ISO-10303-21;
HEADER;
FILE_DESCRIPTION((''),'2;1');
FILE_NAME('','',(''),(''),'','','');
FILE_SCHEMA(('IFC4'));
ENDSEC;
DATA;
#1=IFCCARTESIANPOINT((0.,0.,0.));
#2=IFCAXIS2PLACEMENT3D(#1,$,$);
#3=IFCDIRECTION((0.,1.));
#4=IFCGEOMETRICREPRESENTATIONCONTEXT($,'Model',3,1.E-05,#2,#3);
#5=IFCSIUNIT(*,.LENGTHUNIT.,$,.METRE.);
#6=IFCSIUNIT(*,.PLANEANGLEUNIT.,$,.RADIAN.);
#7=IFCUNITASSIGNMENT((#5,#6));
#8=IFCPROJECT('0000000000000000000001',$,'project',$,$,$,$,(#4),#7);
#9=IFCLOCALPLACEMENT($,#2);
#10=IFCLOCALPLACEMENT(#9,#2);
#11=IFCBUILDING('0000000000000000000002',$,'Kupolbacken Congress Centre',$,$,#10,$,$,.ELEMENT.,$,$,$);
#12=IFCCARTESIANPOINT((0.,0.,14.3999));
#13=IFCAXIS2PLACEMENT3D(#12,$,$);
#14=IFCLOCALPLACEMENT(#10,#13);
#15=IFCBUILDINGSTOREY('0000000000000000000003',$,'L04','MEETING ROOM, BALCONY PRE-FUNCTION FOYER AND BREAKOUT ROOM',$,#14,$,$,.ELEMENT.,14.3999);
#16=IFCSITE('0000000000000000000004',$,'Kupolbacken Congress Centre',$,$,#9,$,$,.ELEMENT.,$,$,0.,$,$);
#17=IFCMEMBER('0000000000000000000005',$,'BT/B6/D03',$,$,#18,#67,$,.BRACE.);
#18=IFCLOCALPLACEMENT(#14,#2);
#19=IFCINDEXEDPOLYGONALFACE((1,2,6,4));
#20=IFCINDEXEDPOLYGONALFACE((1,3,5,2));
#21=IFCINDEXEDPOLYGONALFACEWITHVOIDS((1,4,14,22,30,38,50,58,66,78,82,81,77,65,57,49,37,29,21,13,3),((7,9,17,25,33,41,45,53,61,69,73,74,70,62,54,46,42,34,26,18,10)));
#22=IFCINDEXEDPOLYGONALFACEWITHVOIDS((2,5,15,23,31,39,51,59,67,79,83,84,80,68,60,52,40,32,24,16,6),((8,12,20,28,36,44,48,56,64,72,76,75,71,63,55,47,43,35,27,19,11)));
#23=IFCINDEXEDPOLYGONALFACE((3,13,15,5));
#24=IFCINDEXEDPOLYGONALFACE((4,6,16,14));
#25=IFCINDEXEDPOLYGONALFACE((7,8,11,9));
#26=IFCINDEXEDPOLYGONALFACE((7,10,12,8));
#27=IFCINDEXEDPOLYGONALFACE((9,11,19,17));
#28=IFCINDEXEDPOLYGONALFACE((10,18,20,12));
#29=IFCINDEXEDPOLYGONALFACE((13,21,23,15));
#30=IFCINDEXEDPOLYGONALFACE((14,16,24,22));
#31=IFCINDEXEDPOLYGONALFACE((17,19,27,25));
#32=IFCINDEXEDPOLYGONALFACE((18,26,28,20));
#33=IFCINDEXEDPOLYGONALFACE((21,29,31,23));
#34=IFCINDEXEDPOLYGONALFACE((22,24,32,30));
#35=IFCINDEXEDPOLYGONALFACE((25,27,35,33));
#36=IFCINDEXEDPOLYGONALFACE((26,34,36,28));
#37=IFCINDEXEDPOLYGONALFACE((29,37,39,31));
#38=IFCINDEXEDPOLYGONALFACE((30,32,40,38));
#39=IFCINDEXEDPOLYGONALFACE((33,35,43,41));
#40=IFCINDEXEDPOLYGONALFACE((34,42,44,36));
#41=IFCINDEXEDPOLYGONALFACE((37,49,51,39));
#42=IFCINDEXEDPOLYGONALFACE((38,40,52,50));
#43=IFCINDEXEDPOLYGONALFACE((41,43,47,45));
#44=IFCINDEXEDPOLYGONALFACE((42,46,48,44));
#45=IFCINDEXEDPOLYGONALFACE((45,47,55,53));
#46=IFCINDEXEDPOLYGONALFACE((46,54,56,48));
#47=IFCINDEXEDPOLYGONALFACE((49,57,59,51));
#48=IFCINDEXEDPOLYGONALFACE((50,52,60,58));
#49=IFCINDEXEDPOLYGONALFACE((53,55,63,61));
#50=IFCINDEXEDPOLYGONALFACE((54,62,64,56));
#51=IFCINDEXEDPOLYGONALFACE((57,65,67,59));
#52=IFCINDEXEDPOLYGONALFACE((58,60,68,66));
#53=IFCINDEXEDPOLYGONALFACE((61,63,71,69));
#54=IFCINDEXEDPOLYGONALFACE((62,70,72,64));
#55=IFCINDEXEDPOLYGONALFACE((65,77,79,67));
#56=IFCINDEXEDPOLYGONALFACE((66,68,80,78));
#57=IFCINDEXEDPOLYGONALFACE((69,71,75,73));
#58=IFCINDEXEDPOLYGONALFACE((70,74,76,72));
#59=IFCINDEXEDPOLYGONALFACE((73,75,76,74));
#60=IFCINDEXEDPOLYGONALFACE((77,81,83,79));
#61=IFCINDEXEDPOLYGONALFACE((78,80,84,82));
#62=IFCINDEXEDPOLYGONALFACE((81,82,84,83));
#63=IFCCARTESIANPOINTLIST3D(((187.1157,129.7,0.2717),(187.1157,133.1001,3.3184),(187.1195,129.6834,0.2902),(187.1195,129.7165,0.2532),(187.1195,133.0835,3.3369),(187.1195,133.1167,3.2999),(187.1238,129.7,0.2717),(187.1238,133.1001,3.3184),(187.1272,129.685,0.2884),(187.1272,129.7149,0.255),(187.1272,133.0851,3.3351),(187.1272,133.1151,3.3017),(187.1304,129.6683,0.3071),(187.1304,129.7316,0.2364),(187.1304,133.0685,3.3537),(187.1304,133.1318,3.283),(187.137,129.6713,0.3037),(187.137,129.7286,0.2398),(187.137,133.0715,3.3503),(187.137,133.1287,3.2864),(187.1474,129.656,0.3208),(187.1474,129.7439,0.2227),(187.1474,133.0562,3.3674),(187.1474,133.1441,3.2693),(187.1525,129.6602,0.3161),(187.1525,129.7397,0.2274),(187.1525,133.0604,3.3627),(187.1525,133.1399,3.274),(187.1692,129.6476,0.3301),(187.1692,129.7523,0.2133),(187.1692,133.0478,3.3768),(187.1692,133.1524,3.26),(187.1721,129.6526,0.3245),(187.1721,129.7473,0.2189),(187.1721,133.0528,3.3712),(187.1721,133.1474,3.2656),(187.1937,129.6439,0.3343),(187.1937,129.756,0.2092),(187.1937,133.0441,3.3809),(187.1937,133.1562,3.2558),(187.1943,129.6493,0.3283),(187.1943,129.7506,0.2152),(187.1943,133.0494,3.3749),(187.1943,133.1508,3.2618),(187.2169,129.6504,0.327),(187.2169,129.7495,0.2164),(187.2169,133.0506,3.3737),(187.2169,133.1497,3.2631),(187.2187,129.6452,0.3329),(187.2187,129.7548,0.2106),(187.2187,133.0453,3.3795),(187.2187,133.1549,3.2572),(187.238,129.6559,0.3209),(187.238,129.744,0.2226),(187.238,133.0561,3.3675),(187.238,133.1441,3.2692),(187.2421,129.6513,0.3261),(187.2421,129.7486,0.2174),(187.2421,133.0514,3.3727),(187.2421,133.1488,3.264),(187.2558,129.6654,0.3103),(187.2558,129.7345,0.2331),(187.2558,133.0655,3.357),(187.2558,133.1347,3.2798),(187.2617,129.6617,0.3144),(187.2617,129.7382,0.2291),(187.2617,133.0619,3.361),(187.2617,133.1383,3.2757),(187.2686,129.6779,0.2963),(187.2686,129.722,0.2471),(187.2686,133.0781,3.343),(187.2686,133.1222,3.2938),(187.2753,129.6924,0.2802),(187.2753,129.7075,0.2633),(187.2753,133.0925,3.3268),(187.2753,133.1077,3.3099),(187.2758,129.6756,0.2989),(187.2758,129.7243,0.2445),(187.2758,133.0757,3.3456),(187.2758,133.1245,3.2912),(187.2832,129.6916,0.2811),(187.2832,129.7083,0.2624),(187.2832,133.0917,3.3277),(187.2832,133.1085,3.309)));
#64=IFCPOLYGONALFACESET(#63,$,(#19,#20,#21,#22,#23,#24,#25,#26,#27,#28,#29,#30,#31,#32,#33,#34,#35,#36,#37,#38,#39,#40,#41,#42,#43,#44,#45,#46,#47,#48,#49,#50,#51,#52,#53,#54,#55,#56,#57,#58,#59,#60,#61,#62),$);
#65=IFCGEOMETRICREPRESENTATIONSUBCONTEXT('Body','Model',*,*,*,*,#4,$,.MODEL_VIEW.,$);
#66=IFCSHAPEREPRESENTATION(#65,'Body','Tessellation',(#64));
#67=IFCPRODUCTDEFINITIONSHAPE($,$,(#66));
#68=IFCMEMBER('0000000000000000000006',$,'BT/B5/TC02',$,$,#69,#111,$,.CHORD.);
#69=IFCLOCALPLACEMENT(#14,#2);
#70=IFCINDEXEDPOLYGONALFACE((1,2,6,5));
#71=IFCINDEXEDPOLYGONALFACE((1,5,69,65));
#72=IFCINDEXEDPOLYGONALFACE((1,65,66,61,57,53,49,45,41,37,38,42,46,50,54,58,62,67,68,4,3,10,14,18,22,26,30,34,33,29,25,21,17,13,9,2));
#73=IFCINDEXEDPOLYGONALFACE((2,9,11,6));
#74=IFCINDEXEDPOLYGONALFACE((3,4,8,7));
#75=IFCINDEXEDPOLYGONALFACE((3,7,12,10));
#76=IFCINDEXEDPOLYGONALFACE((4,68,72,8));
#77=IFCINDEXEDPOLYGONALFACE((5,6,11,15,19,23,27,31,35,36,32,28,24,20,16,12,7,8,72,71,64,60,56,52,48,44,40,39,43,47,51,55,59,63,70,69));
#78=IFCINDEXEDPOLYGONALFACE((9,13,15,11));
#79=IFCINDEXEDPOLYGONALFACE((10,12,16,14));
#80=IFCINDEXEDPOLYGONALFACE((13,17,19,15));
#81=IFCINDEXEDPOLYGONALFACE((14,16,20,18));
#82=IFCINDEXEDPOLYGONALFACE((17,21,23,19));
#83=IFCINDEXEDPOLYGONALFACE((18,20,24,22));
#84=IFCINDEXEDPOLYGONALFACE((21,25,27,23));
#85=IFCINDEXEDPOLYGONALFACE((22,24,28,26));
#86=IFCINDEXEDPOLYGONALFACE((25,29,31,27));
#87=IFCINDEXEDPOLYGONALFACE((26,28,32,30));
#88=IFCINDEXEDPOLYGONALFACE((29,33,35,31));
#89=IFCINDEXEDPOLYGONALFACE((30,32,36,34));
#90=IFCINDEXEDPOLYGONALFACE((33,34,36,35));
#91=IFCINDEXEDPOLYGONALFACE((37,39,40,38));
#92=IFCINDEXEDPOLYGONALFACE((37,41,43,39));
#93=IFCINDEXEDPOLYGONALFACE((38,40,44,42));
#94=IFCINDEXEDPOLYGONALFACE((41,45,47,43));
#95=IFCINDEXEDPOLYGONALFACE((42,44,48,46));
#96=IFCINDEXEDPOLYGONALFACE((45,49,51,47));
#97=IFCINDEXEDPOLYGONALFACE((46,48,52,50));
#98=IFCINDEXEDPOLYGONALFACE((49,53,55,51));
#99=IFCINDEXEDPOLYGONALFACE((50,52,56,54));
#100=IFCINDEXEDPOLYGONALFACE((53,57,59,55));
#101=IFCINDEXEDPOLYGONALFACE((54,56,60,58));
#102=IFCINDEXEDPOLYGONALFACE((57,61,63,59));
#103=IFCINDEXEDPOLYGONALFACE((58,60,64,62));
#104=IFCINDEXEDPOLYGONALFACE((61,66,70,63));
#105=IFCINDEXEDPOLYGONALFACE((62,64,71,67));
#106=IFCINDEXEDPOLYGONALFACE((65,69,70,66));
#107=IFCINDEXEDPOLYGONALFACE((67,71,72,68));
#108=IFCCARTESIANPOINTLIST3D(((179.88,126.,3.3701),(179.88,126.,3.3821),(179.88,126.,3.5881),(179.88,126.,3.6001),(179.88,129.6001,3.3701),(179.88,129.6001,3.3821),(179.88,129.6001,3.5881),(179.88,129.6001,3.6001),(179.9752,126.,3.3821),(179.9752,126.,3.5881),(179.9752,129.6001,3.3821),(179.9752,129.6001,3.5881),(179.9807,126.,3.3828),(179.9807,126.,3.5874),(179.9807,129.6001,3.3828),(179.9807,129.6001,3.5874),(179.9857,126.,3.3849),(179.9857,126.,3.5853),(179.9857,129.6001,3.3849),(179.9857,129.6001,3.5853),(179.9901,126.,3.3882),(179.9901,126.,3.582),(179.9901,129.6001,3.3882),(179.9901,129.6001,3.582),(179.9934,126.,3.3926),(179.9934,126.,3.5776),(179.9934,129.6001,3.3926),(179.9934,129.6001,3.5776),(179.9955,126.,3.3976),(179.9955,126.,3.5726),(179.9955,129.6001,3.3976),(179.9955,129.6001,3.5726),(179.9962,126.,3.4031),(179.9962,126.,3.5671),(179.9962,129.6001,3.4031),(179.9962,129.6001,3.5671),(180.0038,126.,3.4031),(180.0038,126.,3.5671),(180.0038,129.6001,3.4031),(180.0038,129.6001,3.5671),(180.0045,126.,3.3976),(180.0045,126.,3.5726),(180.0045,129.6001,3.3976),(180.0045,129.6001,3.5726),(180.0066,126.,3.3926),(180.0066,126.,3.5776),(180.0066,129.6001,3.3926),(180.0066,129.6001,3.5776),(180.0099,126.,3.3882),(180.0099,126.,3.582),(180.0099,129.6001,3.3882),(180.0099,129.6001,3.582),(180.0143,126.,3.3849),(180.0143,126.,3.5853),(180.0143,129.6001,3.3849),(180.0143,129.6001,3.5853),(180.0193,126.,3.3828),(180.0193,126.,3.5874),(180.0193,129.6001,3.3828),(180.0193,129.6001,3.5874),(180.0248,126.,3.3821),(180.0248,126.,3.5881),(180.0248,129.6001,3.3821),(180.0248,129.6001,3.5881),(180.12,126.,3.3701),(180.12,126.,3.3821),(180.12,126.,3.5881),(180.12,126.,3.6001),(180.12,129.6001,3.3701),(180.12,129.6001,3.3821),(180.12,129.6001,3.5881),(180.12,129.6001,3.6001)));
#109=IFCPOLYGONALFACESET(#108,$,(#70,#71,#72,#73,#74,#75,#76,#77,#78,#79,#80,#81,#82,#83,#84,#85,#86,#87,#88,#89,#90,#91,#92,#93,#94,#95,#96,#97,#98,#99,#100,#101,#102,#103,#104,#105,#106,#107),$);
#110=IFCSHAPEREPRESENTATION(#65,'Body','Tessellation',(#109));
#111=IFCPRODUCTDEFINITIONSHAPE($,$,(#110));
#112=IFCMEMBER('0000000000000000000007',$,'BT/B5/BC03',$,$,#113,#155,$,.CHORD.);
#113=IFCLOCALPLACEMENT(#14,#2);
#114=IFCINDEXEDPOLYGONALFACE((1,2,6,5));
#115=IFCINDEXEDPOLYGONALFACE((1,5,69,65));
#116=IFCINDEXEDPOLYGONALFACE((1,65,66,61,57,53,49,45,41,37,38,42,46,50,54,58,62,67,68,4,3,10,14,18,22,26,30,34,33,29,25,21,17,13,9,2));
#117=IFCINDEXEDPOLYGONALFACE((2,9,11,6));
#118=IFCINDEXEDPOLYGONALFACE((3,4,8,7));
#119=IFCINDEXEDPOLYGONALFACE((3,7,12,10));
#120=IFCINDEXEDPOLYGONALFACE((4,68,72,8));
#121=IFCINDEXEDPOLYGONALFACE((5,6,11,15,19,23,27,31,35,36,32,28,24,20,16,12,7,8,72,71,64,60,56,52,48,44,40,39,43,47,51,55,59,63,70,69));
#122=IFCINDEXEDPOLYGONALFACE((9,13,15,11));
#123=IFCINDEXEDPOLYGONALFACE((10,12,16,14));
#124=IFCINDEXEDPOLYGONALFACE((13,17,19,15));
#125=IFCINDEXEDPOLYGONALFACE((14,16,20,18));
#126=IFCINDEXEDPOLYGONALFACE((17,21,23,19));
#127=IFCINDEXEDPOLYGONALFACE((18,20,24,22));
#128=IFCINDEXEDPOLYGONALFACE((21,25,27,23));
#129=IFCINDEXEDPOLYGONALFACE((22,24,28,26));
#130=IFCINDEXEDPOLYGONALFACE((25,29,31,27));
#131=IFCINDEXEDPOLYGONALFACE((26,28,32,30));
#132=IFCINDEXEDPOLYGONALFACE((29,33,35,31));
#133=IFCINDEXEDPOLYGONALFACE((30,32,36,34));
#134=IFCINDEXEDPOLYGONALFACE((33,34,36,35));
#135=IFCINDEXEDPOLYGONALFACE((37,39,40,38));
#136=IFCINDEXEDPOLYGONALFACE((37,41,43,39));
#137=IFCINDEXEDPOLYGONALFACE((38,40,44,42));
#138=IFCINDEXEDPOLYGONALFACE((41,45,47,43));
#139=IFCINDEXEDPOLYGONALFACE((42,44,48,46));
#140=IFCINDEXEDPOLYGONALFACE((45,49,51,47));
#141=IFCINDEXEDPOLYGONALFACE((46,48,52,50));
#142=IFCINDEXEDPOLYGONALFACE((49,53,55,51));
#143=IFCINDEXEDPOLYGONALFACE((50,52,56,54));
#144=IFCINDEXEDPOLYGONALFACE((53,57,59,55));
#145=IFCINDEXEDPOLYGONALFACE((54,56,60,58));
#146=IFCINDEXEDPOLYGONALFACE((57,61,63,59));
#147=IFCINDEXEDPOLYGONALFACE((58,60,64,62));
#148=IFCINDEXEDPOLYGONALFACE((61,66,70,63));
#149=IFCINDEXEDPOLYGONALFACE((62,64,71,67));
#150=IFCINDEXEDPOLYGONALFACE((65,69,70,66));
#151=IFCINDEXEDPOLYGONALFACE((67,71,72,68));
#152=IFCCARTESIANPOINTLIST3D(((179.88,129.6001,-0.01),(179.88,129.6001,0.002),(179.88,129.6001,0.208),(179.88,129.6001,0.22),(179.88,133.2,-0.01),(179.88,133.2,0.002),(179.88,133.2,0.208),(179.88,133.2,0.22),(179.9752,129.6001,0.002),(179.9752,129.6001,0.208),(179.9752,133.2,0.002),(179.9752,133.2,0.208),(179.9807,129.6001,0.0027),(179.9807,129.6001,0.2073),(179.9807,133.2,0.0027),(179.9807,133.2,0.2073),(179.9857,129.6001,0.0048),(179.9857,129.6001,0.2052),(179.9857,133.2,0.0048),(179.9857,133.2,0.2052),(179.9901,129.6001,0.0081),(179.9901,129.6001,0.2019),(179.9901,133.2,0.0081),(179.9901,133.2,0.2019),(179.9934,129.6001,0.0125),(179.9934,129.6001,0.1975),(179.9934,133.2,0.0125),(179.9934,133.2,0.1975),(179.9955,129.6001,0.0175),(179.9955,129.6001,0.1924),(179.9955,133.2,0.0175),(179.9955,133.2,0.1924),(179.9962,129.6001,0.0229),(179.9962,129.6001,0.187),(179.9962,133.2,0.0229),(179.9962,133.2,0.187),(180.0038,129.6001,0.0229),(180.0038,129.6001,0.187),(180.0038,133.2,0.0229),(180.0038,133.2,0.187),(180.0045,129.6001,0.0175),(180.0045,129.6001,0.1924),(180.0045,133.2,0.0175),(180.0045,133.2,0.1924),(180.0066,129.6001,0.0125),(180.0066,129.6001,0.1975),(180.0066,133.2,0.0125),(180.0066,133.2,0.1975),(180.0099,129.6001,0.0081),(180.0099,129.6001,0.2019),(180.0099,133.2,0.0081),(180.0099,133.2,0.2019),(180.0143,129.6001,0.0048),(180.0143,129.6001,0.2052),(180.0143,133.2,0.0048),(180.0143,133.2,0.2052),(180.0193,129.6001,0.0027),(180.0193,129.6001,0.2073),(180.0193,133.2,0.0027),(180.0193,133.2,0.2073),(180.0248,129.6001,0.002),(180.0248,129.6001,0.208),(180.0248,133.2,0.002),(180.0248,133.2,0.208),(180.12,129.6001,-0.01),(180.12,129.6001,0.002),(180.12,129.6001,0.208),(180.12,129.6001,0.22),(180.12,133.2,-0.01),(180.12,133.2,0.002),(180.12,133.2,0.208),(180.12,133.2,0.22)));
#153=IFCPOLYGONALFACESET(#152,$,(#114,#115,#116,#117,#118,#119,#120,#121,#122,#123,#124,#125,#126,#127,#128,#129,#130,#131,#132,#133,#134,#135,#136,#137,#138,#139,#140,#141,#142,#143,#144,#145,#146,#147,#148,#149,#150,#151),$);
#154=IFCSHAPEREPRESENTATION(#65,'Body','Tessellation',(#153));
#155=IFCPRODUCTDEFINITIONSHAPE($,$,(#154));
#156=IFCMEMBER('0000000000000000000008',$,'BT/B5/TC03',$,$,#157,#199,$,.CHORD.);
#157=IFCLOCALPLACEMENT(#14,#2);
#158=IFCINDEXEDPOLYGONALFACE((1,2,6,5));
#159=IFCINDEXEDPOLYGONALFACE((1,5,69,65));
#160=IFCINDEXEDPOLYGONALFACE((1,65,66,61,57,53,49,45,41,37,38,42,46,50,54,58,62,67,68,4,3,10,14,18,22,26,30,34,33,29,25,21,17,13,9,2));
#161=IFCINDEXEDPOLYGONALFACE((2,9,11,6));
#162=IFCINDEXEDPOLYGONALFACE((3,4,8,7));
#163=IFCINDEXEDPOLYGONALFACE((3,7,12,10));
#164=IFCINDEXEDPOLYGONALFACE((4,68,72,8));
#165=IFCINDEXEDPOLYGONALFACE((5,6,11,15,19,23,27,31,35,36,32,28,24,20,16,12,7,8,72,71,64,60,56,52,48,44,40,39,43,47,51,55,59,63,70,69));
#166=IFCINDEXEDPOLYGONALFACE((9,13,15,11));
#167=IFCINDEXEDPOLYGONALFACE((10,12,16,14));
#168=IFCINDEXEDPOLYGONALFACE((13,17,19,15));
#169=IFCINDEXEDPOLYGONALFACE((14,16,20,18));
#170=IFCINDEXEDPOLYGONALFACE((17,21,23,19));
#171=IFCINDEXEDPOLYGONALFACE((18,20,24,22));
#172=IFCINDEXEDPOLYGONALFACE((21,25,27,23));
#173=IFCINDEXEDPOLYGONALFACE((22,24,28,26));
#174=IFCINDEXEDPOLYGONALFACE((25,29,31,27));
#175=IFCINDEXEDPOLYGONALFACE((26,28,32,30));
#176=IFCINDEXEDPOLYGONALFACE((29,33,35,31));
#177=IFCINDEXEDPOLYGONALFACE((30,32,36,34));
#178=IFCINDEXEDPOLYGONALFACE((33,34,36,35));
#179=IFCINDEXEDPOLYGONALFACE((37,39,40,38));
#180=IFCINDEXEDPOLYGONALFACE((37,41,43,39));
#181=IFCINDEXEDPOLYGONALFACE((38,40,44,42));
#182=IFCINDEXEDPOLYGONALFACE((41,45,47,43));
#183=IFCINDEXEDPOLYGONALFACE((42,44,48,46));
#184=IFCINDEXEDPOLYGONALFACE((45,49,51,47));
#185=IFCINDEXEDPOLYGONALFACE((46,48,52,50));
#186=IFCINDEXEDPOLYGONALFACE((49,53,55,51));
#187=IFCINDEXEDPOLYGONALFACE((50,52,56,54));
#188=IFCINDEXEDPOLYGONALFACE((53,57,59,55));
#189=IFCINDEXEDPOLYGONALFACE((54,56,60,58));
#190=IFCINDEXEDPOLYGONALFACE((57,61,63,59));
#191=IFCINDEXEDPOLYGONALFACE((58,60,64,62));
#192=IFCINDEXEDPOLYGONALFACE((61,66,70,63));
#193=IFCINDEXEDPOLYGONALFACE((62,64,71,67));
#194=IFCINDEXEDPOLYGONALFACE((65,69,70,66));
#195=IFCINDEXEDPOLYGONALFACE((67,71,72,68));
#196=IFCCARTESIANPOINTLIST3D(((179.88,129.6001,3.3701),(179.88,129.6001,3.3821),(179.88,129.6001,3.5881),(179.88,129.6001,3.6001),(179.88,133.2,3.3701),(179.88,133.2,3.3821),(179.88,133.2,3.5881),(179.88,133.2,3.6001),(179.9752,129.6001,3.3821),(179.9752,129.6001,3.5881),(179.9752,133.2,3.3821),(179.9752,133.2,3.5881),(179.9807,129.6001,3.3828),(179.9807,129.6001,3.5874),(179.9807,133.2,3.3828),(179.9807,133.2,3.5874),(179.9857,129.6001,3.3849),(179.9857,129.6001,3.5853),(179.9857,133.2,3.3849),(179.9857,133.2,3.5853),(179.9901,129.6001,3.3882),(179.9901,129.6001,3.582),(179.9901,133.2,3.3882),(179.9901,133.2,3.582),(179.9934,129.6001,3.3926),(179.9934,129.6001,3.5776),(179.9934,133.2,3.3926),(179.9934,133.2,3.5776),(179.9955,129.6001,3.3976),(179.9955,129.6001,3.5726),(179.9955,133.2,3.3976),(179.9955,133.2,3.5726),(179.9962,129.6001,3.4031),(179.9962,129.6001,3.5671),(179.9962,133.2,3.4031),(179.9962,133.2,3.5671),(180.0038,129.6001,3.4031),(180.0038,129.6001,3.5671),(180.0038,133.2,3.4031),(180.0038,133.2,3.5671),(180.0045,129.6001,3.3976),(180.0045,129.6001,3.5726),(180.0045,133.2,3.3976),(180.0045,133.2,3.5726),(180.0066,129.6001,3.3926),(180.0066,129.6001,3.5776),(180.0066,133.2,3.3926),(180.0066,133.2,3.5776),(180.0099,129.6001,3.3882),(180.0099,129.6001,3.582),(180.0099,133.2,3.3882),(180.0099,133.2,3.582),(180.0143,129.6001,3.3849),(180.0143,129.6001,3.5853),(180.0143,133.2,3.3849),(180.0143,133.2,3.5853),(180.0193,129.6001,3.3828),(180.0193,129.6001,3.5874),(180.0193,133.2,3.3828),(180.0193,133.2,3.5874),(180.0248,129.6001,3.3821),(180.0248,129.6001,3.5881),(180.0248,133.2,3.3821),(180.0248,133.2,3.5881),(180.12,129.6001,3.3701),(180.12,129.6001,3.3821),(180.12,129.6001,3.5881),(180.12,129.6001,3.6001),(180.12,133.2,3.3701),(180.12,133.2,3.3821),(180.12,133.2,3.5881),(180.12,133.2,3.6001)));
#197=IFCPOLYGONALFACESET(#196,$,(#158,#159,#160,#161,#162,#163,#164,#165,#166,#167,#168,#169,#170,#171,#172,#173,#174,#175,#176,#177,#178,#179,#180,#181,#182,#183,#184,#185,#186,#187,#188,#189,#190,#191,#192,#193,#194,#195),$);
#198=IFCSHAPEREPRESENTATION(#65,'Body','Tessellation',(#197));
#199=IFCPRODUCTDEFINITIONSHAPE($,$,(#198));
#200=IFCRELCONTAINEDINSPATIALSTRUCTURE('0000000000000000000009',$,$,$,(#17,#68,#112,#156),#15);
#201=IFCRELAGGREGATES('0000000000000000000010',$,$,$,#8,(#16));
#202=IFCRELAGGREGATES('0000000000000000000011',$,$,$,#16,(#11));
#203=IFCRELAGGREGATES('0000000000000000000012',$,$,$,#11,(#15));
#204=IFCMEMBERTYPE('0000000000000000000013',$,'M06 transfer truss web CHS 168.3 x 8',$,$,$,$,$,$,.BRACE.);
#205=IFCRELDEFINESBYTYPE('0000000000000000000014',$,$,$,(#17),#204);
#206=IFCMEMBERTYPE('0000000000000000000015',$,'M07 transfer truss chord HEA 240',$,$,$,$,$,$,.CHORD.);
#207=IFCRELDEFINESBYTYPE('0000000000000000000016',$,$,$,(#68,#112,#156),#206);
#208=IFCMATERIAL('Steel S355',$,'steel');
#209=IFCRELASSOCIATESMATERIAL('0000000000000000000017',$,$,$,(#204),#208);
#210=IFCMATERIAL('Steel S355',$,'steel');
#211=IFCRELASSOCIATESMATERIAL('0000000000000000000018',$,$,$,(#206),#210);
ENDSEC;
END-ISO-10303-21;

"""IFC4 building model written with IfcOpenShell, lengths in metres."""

from ifc_helpers import new_model, si_unit, direction, frame, origin, origin_2d, place, context, subcontext, project, spatial, hollow_circle, i_section, extrude, material, material_profile, profile_set, type_object, element, save


model = new_model("IFC4")

# Units and contexts
model_context = context("Model", 3, precision=1e-05, world=origin(), true_north=direction((0.0, 1.0)))
body_context = subcontext(model_context, "Body", "Model", "MODEL_VIEW")
ifc_project = project(units=[si_unit("LENGTHUNIT", "METRE"), si_unit("PLANEANGLEUNIT", "RADIAN")], contexts=[model_context])

# Site, building, storey
site_placement = place(None, origin())
site = spatial("IfcSite", under=ifc_project, at=site_placement, Name="Kupolbacken Congress Centre", CompositionType="ELEMENT", RefElevation=0.0)
building_placement = place(site_placement, origin())
building = spatial("IfcBuilding", under=site, at=building_placement, Name="Kupolbacken Congress Centre", CompositionType="ELEMENT")
storey_placement = place(building_placement, frame((0.0, 0.0, 14.3999)))
storey = spatial("IfcBuildingStorey", under=building, at=storey_placement, Name="L04", Description="MEETING ROOM, BALCONY PRE-FUNCTION FOYER AND BREAKOUT ROOM", CompositionType="ELEMENT", Elevation=14.3999)

# Members
ifc_material_1 = material(Name="Steel S355", Category="steel")
ifc_material_profile_1 = material_profile(ifc_material_1, hollow_circle(Radius=0.0842, WallThickness=0.0081, at=origin_2d()), Name="CHS 168.3 x 8")
ifc_profile_set_1 = profile_set([ifc_material_profile_1], Name="Steel S355")
member_type_1 = type_object("IfcMemberType", Name="M06 transfer truss web CHS 168.3 x 8", PredefinedType="BRACE", material=ifc_profile_set_1)
for number, where, z_axis, x_axis, name in (
    (1, (187.2, 129.7, 0.2717), (0.0, 0.744763, 0.667329), (-1.0, 0.0, 0.0), "BT/B6/D03"),
):
    element("IfcMember", number, at=place(storey_placement, frame(where, z_axis=z_axis, x_axis=x_axis)), inside=storey, type_object=member_type_1, Name=name, PredefinedType="BRACE", context=body_context, shape_type="SweptSolid", body=[
        extrude(hollow_circle(Radius=0.0842, WallThickness=0.0081, at=origin_2d()), origin(), (0.0, 0.0, 1.0), 4.5654),
    ])
ifc_material_2 = material(Name="Steel S355", Category="steel")
ifc_material_profile_2 = material_profile(ifc_material_2, i_section(OverallWidth=0.24, OverallDepth=0.23, WebThickness=0.0076, FlangeThickness=0.012, FilletRadius=0.021, at=origin_2d()), Name="HEA 240")
ifc_profile_set_2 = profile_set([ifc_material_profile_2], Name="Steel S355")
member_type_2 = type_object("IfcMemberType", Name="M07 transfer truss chord HEA 240", PredefinedType="CHORD", material=ifc_profile_set_2)
member_placement = place(storey_placement, frame((180.0, 126.0, 3.4851), z_axis=(0.0, 1.0, 0.0), x_axis=(-1.0, 0.0, 0.0)))
element("IfcMember", 2, at=member_placement, inside=storey, type_object=member_type_2, Name="BT/B5/TC02", PredefinedType="CHORD", context=body_context, shape_type="SweptSolid", body=[
    extrude(i_section(OverallWidth=0.24, OverallDepth=0.23, WebThickness=0.0076, FlangeThickness=0.012, FilletRadius=0.021, at=origin_2d()), origin(), (0.0, 0.0, 1.0), 3.6001),
])
for number, where, z_axis, x_axis, name in (
    (3, (180.0, 129.6001, 0.105), (0.0, 1.0, 0.0), (-1.0, 0.0, 0.0), "BT/B5/BC03"),
    (4, (180.0, 129.6001, 3.4851), (0.0, 1.0, 0.0), (-1.0, 0.0, 0.0), "BT/B5/TC03"),
):
    element("IfcMember", number, at=place(storey_placement, frame(where, z_axis=z_axis, x_axis=x_axis)), inside=storey, type_object=member_type_2, Name=name, PredefinedType="CHORD", context=body_context, shape_type="SweptSolid", body=[
        extrude(i_section(OverallWidth=0.24, OverallDepth=0.23, WebThickness=0.0076, FlangeThickness=0.012, FilletRadius=0.021, at=origin_2d()), origin(), (0.0, 0.0, 1.0), 3.5999),
    ])

save(model, "model.ifc")
